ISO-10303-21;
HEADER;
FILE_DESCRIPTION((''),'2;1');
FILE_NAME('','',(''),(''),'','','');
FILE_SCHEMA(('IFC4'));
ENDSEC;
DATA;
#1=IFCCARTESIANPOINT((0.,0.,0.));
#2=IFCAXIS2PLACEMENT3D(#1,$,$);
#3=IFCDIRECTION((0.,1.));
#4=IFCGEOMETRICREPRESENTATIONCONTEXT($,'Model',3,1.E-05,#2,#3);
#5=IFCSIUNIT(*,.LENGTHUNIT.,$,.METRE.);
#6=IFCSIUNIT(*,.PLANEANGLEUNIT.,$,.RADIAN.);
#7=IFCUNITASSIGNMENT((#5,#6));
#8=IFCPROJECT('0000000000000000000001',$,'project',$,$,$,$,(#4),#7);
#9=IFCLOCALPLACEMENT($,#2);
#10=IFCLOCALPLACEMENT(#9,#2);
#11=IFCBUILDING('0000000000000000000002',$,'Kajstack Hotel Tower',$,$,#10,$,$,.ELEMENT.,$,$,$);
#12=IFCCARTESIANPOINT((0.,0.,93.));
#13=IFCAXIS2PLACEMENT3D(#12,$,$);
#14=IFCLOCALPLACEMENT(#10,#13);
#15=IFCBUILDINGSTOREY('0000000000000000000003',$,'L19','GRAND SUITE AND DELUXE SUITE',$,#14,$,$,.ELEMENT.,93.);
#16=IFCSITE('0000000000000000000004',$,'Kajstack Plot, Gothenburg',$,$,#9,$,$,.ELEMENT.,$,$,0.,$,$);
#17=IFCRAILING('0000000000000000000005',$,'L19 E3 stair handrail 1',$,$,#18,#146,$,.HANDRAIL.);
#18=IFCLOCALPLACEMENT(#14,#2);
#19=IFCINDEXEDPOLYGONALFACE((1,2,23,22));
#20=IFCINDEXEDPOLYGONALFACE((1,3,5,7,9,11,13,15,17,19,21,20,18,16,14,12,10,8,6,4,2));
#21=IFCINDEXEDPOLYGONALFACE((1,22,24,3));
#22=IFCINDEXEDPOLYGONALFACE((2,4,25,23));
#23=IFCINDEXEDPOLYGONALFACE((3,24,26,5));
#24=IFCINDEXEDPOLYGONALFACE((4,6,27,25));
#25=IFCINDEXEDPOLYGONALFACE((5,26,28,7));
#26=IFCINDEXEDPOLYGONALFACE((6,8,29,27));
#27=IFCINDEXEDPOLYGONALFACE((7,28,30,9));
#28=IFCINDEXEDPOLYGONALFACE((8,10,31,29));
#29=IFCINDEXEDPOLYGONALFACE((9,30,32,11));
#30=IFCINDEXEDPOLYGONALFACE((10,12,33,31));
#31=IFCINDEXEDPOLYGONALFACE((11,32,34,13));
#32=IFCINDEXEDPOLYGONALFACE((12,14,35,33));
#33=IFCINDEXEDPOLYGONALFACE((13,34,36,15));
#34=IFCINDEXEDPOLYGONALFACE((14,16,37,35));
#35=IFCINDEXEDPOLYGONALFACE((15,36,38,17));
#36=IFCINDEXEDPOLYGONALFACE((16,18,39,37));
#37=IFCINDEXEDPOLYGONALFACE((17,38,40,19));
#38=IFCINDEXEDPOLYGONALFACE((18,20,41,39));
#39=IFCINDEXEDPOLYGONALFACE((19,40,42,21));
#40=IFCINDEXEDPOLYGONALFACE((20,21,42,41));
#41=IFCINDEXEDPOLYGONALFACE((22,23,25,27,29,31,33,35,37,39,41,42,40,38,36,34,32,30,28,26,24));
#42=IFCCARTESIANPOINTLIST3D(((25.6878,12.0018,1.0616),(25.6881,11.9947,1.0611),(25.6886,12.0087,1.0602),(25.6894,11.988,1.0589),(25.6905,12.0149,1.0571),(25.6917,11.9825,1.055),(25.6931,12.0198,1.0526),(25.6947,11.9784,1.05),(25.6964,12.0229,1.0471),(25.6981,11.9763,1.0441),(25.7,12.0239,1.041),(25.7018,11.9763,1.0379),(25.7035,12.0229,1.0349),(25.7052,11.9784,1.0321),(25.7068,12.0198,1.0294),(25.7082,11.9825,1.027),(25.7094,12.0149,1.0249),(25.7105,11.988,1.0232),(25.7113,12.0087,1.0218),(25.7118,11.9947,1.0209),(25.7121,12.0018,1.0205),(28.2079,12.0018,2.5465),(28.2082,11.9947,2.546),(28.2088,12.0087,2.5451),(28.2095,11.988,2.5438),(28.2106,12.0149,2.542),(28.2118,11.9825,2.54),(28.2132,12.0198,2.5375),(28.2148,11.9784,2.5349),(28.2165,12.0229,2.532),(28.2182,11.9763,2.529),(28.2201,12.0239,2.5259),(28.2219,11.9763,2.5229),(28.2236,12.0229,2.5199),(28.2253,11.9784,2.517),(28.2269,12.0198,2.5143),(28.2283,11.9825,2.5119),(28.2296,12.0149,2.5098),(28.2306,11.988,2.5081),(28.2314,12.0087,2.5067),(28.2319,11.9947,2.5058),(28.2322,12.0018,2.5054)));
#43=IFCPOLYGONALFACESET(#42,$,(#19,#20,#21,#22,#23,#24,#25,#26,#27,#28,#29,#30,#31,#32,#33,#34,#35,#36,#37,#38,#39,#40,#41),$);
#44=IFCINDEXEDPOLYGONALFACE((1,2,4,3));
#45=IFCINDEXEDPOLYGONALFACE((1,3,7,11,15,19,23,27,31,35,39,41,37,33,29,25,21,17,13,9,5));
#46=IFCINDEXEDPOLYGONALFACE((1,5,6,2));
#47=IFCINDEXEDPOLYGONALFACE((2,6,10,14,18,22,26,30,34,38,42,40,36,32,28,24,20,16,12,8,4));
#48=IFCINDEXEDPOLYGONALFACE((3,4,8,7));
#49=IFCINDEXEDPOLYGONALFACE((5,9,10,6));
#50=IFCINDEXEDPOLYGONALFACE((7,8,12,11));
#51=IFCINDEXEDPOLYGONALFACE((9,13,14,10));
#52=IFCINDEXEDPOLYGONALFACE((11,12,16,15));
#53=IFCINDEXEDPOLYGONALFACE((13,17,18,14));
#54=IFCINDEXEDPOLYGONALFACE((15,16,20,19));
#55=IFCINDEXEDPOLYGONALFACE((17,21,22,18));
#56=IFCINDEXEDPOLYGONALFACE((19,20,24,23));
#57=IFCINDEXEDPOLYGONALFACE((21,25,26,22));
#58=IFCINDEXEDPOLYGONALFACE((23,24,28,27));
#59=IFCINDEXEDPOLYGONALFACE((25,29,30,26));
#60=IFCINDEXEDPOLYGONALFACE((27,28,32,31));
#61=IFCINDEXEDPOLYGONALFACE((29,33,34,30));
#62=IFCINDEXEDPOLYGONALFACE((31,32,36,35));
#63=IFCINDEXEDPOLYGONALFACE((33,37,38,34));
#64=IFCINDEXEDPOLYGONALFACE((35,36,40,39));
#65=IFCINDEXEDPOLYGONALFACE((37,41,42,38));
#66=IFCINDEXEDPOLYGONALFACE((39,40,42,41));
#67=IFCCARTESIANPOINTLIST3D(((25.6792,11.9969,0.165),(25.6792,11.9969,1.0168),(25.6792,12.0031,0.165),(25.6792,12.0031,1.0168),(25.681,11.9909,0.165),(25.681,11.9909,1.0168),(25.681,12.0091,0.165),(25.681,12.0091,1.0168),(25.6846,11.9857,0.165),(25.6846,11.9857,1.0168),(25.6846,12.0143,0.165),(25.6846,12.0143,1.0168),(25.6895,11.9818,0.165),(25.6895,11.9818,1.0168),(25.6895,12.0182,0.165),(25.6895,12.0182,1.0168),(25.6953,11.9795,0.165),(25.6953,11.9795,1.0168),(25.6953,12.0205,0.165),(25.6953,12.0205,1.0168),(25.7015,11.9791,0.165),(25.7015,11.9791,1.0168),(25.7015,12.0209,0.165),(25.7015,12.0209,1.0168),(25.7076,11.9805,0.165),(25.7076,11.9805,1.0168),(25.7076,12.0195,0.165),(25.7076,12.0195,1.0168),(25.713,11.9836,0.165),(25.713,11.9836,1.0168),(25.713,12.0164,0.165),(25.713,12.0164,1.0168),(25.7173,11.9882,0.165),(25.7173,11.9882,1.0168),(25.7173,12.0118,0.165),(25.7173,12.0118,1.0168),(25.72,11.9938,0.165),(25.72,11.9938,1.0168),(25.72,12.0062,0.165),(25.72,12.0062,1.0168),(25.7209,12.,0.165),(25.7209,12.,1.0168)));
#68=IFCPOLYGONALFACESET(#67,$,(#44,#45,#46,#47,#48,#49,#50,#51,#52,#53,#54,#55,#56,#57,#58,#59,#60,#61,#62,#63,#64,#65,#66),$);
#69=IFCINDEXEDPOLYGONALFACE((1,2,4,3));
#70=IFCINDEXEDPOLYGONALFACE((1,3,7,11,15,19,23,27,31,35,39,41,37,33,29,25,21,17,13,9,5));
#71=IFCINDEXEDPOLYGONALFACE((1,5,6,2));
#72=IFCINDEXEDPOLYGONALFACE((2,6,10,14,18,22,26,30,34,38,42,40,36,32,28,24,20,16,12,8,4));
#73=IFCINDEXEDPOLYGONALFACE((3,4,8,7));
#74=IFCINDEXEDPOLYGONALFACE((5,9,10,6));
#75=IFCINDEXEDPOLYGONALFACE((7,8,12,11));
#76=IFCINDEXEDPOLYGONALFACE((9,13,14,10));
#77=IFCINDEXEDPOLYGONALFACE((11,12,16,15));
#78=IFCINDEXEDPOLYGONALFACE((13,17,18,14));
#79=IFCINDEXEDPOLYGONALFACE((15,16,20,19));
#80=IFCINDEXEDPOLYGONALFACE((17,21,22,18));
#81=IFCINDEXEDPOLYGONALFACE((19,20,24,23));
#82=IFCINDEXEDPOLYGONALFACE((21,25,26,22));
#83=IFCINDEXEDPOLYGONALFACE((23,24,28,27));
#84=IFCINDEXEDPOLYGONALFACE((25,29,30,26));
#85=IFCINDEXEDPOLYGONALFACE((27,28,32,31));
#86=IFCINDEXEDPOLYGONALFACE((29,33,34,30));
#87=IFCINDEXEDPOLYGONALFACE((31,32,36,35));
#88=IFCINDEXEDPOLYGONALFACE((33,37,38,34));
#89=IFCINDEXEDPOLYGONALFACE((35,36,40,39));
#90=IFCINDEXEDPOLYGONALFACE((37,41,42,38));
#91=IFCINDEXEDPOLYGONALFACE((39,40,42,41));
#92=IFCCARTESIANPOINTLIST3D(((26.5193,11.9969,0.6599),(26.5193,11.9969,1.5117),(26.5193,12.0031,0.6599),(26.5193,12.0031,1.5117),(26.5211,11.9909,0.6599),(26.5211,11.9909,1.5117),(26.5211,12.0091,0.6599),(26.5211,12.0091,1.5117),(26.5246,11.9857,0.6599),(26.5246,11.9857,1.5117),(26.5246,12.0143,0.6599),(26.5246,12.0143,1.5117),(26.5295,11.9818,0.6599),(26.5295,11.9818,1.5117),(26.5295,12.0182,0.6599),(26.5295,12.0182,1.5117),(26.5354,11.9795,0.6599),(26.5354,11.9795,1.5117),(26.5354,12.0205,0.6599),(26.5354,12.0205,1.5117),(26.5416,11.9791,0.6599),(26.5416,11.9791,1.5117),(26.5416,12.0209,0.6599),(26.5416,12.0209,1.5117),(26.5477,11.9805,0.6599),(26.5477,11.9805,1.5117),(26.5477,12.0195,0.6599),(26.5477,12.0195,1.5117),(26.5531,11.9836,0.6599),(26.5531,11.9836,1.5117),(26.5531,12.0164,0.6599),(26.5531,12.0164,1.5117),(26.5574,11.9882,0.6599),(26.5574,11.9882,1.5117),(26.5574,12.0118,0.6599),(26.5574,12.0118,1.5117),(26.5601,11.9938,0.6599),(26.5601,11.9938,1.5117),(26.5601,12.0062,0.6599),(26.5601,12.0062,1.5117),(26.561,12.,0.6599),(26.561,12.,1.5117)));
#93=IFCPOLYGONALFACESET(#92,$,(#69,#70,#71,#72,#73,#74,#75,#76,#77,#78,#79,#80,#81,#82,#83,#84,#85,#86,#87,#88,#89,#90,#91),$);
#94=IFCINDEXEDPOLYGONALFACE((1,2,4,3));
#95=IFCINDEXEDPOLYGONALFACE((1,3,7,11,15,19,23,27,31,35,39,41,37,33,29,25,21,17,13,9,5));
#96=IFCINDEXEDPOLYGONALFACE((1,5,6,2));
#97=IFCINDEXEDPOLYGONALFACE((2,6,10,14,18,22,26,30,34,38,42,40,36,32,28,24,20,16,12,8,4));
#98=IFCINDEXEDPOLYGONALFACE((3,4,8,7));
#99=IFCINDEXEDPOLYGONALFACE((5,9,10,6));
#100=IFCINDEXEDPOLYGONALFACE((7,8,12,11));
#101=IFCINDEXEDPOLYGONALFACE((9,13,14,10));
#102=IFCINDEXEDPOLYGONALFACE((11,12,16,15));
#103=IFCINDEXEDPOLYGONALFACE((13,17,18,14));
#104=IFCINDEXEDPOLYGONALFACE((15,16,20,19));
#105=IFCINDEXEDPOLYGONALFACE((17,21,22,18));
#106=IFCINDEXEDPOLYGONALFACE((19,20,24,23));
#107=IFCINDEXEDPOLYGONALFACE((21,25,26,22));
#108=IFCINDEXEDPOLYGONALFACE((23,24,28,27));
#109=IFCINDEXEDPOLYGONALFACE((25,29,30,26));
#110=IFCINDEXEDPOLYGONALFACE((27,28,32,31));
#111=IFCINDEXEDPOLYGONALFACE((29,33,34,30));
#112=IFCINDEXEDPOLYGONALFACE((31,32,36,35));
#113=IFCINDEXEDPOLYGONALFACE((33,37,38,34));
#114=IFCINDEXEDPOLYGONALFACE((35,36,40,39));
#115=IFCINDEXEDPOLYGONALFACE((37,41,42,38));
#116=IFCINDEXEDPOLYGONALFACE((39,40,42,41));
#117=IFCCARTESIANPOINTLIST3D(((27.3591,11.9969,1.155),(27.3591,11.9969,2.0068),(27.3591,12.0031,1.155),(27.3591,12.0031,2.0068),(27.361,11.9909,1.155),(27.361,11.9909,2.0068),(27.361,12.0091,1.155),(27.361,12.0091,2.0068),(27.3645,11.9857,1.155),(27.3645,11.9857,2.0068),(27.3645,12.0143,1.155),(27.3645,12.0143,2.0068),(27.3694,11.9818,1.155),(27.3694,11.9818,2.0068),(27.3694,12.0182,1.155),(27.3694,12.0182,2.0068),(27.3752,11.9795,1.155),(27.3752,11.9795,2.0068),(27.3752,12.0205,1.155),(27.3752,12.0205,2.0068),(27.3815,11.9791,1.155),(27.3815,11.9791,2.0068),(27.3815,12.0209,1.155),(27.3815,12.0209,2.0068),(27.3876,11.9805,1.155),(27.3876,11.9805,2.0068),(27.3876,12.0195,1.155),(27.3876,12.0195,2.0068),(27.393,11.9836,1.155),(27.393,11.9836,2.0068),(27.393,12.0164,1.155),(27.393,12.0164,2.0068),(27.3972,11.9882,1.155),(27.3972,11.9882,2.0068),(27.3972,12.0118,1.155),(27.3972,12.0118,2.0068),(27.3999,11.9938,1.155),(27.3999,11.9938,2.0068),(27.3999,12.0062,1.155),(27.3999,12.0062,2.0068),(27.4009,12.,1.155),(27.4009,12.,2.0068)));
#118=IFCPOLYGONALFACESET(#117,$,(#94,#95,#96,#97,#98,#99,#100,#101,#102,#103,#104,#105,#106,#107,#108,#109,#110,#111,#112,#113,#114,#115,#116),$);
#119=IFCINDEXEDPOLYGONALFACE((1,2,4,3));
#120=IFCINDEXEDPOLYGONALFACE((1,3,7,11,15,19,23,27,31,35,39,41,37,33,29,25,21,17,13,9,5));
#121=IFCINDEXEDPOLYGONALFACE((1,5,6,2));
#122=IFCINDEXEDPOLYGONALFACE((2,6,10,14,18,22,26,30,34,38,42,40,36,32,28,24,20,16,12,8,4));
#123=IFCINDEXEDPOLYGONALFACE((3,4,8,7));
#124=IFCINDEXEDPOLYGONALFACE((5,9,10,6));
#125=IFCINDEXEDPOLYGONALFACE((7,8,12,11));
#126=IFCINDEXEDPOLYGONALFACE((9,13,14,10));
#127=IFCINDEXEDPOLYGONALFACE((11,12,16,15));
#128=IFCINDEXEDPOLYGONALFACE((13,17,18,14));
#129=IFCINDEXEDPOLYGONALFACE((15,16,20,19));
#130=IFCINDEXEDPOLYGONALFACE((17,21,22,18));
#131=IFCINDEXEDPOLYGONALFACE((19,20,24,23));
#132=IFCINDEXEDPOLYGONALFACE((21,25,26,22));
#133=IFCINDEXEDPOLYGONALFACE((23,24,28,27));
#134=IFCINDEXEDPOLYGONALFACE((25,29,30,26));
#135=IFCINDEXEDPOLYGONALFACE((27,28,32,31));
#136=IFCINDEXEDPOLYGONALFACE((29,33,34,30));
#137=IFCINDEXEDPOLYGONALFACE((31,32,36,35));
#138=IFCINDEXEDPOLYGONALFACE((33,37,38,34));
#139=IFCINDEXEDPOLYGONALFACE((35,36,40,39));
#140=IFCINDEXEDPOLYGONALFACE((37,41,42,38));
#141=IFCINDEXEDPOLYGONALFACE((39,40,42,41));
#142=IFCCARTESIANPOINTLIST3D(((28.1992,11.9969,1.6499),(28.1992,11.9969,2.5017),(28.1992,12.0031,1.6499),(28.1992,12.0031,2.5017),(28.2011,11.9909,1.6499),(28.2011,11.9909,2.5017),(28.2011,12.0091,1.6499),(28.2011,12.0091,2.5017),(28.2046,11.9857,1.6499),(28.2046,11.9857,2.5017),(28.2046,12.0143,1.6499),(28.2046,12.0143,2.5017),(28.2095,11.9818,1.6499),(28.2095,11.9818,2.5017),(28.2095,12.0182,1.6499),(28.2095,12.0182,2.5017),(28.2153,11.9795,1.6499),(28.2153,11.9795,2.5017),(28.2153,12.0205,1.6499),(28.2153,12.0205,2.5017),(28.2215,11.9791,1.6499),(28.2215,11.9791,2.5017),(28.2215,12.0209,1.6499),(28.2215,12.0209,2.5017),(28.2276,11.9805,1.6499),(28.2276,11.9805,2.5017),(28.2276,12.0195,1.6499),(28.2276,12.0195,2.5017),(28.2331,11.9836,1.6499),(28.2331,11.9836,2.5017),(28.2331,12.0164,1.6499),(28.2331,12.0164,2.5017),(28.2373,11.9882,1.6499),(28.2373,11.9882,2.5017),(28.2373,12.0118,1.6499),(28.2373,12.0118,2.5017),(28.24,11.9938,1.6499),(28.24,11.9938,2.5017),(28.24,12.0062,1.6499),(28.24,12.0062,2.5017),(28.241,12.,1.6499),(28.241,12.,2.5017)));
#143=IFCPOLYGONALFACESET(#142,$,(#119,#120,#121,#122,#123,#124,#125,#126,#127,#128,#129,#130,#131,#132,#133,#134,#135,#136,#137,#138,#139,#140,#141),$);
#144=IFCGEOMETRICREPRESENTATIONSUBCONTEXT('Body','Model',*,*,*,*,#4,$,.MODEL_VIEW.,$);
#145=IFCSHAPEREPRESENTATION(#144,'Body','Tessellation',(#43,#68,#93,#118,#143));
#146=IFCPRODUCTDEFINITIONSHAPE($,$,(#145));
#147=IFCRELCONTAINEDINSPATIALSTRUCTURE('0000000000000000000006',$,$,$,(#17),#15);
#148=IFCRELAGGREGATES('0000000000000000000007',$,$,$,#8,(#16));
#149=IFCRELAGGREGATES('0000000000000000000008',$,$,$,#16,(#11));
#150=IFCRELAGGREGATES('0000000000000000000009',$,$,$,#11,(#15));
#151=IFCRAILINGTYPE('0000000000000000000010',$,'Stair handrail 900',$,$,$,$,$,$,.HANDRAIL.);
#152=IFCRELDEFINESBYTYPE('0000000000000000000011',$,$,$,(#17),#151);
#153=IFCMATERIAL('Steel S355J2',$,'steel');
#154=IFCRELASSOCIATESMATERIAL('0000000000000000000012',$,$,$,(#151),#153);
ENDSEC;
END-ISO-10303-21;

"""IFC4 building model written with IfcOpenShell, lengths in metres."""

from ifc_helpers import new_model, si_unit, direction, frame, origin, origin_2d, place, context, subcontext, project, spatial, circle, extrude, material, type_object, element, save


model = new_model("IFC4")

# Units and contexts
model_context = context("Model", 3, precision=1e-05, world=origin(), true_north=direction((0.0, 1.0)))
body_context = subcontext(model_context, "Body", "Model", "MODEL_VIEW")
ifc_project = project(units=[si_unit("LENGTHUNIT", "METRE"), si_unit("PLANEANGLEUNIT", "RADIAN")], contexts=[model_context])

# Site, building, storey
site_placement = place(None, origin())
site = spatial("IfcSite", under=ifc_project, at=site_placement, Name="Kajstack Plot, Gothenburg", CompositionType="ELEMENT", RefElevation=0.0)
building_placement = place(site_placement, origin())
building = spatial("IfcBuilding", under=site, at=building_placement, Name="Kajstack Hotel Tower", CompositionType="ELEMENT")
storey_placement = place(building_placement, frame((0.0, 0.0, 93.0)))
storey = spatial("IfcBuildingStorey", under=building, at=storey_placement, Name="L19", Description="GRAND SUITE AND DELUXE SUITE", CompositionType="ELEMENT", Elevation=93.0)

# Railing
ifc_material_1 = material(Name="Steel S355J2", Category="steel")
railing_type_1 = type_object("IfcRailingType", Name="Stair handrail 900", PredefinedType="HANDRAIL", material=ifc_material_1)
railing_1_placement = place(storey_placement, frame((25.7, 12.0, 0.165)))
element("IfcRailing", 1, at=railing_1_placement, inside=storey, type_object=railing_type_1, Name="L19 E3 stair handrail 1", PredefinedType="HANDRAIL", context=body_context, shape_type="SweptSolid", body=[
    extrude(circle(Radius=0.0239, at=origin_2d()), frame((0.0, 0.0, 0.876), z_axis=(0.861561, 0.0, 0.507655), x_axis=(0.0, 1.0, 0.0)), (0.0, 0.0, 1.0), 2.925),
    extrude(circle(Radius=0.021, at=origin_2d()), origin(), (0.0, 0.0, 1.0), 0.8518),
    extrude(circle(Radius=0.021, at=origin_2d()), frame((0.8401, 0.0, 0.4949)), (0.0, 0.0, 1.0), 0.8518),
    extrude(circle(Radius=0.021, at=origin_2d()), frame((1.6799, 0.0, 0.99)), (0.0, 0.0, 1.0), 0.8518),
    extrude(circle(Radius=0.021, at=origin_2d()), frame((2.52, 0.0, 1.4849)), (0.0, 0.0, 1.0), 0.8518),
])

save(model, "model.ifc")
